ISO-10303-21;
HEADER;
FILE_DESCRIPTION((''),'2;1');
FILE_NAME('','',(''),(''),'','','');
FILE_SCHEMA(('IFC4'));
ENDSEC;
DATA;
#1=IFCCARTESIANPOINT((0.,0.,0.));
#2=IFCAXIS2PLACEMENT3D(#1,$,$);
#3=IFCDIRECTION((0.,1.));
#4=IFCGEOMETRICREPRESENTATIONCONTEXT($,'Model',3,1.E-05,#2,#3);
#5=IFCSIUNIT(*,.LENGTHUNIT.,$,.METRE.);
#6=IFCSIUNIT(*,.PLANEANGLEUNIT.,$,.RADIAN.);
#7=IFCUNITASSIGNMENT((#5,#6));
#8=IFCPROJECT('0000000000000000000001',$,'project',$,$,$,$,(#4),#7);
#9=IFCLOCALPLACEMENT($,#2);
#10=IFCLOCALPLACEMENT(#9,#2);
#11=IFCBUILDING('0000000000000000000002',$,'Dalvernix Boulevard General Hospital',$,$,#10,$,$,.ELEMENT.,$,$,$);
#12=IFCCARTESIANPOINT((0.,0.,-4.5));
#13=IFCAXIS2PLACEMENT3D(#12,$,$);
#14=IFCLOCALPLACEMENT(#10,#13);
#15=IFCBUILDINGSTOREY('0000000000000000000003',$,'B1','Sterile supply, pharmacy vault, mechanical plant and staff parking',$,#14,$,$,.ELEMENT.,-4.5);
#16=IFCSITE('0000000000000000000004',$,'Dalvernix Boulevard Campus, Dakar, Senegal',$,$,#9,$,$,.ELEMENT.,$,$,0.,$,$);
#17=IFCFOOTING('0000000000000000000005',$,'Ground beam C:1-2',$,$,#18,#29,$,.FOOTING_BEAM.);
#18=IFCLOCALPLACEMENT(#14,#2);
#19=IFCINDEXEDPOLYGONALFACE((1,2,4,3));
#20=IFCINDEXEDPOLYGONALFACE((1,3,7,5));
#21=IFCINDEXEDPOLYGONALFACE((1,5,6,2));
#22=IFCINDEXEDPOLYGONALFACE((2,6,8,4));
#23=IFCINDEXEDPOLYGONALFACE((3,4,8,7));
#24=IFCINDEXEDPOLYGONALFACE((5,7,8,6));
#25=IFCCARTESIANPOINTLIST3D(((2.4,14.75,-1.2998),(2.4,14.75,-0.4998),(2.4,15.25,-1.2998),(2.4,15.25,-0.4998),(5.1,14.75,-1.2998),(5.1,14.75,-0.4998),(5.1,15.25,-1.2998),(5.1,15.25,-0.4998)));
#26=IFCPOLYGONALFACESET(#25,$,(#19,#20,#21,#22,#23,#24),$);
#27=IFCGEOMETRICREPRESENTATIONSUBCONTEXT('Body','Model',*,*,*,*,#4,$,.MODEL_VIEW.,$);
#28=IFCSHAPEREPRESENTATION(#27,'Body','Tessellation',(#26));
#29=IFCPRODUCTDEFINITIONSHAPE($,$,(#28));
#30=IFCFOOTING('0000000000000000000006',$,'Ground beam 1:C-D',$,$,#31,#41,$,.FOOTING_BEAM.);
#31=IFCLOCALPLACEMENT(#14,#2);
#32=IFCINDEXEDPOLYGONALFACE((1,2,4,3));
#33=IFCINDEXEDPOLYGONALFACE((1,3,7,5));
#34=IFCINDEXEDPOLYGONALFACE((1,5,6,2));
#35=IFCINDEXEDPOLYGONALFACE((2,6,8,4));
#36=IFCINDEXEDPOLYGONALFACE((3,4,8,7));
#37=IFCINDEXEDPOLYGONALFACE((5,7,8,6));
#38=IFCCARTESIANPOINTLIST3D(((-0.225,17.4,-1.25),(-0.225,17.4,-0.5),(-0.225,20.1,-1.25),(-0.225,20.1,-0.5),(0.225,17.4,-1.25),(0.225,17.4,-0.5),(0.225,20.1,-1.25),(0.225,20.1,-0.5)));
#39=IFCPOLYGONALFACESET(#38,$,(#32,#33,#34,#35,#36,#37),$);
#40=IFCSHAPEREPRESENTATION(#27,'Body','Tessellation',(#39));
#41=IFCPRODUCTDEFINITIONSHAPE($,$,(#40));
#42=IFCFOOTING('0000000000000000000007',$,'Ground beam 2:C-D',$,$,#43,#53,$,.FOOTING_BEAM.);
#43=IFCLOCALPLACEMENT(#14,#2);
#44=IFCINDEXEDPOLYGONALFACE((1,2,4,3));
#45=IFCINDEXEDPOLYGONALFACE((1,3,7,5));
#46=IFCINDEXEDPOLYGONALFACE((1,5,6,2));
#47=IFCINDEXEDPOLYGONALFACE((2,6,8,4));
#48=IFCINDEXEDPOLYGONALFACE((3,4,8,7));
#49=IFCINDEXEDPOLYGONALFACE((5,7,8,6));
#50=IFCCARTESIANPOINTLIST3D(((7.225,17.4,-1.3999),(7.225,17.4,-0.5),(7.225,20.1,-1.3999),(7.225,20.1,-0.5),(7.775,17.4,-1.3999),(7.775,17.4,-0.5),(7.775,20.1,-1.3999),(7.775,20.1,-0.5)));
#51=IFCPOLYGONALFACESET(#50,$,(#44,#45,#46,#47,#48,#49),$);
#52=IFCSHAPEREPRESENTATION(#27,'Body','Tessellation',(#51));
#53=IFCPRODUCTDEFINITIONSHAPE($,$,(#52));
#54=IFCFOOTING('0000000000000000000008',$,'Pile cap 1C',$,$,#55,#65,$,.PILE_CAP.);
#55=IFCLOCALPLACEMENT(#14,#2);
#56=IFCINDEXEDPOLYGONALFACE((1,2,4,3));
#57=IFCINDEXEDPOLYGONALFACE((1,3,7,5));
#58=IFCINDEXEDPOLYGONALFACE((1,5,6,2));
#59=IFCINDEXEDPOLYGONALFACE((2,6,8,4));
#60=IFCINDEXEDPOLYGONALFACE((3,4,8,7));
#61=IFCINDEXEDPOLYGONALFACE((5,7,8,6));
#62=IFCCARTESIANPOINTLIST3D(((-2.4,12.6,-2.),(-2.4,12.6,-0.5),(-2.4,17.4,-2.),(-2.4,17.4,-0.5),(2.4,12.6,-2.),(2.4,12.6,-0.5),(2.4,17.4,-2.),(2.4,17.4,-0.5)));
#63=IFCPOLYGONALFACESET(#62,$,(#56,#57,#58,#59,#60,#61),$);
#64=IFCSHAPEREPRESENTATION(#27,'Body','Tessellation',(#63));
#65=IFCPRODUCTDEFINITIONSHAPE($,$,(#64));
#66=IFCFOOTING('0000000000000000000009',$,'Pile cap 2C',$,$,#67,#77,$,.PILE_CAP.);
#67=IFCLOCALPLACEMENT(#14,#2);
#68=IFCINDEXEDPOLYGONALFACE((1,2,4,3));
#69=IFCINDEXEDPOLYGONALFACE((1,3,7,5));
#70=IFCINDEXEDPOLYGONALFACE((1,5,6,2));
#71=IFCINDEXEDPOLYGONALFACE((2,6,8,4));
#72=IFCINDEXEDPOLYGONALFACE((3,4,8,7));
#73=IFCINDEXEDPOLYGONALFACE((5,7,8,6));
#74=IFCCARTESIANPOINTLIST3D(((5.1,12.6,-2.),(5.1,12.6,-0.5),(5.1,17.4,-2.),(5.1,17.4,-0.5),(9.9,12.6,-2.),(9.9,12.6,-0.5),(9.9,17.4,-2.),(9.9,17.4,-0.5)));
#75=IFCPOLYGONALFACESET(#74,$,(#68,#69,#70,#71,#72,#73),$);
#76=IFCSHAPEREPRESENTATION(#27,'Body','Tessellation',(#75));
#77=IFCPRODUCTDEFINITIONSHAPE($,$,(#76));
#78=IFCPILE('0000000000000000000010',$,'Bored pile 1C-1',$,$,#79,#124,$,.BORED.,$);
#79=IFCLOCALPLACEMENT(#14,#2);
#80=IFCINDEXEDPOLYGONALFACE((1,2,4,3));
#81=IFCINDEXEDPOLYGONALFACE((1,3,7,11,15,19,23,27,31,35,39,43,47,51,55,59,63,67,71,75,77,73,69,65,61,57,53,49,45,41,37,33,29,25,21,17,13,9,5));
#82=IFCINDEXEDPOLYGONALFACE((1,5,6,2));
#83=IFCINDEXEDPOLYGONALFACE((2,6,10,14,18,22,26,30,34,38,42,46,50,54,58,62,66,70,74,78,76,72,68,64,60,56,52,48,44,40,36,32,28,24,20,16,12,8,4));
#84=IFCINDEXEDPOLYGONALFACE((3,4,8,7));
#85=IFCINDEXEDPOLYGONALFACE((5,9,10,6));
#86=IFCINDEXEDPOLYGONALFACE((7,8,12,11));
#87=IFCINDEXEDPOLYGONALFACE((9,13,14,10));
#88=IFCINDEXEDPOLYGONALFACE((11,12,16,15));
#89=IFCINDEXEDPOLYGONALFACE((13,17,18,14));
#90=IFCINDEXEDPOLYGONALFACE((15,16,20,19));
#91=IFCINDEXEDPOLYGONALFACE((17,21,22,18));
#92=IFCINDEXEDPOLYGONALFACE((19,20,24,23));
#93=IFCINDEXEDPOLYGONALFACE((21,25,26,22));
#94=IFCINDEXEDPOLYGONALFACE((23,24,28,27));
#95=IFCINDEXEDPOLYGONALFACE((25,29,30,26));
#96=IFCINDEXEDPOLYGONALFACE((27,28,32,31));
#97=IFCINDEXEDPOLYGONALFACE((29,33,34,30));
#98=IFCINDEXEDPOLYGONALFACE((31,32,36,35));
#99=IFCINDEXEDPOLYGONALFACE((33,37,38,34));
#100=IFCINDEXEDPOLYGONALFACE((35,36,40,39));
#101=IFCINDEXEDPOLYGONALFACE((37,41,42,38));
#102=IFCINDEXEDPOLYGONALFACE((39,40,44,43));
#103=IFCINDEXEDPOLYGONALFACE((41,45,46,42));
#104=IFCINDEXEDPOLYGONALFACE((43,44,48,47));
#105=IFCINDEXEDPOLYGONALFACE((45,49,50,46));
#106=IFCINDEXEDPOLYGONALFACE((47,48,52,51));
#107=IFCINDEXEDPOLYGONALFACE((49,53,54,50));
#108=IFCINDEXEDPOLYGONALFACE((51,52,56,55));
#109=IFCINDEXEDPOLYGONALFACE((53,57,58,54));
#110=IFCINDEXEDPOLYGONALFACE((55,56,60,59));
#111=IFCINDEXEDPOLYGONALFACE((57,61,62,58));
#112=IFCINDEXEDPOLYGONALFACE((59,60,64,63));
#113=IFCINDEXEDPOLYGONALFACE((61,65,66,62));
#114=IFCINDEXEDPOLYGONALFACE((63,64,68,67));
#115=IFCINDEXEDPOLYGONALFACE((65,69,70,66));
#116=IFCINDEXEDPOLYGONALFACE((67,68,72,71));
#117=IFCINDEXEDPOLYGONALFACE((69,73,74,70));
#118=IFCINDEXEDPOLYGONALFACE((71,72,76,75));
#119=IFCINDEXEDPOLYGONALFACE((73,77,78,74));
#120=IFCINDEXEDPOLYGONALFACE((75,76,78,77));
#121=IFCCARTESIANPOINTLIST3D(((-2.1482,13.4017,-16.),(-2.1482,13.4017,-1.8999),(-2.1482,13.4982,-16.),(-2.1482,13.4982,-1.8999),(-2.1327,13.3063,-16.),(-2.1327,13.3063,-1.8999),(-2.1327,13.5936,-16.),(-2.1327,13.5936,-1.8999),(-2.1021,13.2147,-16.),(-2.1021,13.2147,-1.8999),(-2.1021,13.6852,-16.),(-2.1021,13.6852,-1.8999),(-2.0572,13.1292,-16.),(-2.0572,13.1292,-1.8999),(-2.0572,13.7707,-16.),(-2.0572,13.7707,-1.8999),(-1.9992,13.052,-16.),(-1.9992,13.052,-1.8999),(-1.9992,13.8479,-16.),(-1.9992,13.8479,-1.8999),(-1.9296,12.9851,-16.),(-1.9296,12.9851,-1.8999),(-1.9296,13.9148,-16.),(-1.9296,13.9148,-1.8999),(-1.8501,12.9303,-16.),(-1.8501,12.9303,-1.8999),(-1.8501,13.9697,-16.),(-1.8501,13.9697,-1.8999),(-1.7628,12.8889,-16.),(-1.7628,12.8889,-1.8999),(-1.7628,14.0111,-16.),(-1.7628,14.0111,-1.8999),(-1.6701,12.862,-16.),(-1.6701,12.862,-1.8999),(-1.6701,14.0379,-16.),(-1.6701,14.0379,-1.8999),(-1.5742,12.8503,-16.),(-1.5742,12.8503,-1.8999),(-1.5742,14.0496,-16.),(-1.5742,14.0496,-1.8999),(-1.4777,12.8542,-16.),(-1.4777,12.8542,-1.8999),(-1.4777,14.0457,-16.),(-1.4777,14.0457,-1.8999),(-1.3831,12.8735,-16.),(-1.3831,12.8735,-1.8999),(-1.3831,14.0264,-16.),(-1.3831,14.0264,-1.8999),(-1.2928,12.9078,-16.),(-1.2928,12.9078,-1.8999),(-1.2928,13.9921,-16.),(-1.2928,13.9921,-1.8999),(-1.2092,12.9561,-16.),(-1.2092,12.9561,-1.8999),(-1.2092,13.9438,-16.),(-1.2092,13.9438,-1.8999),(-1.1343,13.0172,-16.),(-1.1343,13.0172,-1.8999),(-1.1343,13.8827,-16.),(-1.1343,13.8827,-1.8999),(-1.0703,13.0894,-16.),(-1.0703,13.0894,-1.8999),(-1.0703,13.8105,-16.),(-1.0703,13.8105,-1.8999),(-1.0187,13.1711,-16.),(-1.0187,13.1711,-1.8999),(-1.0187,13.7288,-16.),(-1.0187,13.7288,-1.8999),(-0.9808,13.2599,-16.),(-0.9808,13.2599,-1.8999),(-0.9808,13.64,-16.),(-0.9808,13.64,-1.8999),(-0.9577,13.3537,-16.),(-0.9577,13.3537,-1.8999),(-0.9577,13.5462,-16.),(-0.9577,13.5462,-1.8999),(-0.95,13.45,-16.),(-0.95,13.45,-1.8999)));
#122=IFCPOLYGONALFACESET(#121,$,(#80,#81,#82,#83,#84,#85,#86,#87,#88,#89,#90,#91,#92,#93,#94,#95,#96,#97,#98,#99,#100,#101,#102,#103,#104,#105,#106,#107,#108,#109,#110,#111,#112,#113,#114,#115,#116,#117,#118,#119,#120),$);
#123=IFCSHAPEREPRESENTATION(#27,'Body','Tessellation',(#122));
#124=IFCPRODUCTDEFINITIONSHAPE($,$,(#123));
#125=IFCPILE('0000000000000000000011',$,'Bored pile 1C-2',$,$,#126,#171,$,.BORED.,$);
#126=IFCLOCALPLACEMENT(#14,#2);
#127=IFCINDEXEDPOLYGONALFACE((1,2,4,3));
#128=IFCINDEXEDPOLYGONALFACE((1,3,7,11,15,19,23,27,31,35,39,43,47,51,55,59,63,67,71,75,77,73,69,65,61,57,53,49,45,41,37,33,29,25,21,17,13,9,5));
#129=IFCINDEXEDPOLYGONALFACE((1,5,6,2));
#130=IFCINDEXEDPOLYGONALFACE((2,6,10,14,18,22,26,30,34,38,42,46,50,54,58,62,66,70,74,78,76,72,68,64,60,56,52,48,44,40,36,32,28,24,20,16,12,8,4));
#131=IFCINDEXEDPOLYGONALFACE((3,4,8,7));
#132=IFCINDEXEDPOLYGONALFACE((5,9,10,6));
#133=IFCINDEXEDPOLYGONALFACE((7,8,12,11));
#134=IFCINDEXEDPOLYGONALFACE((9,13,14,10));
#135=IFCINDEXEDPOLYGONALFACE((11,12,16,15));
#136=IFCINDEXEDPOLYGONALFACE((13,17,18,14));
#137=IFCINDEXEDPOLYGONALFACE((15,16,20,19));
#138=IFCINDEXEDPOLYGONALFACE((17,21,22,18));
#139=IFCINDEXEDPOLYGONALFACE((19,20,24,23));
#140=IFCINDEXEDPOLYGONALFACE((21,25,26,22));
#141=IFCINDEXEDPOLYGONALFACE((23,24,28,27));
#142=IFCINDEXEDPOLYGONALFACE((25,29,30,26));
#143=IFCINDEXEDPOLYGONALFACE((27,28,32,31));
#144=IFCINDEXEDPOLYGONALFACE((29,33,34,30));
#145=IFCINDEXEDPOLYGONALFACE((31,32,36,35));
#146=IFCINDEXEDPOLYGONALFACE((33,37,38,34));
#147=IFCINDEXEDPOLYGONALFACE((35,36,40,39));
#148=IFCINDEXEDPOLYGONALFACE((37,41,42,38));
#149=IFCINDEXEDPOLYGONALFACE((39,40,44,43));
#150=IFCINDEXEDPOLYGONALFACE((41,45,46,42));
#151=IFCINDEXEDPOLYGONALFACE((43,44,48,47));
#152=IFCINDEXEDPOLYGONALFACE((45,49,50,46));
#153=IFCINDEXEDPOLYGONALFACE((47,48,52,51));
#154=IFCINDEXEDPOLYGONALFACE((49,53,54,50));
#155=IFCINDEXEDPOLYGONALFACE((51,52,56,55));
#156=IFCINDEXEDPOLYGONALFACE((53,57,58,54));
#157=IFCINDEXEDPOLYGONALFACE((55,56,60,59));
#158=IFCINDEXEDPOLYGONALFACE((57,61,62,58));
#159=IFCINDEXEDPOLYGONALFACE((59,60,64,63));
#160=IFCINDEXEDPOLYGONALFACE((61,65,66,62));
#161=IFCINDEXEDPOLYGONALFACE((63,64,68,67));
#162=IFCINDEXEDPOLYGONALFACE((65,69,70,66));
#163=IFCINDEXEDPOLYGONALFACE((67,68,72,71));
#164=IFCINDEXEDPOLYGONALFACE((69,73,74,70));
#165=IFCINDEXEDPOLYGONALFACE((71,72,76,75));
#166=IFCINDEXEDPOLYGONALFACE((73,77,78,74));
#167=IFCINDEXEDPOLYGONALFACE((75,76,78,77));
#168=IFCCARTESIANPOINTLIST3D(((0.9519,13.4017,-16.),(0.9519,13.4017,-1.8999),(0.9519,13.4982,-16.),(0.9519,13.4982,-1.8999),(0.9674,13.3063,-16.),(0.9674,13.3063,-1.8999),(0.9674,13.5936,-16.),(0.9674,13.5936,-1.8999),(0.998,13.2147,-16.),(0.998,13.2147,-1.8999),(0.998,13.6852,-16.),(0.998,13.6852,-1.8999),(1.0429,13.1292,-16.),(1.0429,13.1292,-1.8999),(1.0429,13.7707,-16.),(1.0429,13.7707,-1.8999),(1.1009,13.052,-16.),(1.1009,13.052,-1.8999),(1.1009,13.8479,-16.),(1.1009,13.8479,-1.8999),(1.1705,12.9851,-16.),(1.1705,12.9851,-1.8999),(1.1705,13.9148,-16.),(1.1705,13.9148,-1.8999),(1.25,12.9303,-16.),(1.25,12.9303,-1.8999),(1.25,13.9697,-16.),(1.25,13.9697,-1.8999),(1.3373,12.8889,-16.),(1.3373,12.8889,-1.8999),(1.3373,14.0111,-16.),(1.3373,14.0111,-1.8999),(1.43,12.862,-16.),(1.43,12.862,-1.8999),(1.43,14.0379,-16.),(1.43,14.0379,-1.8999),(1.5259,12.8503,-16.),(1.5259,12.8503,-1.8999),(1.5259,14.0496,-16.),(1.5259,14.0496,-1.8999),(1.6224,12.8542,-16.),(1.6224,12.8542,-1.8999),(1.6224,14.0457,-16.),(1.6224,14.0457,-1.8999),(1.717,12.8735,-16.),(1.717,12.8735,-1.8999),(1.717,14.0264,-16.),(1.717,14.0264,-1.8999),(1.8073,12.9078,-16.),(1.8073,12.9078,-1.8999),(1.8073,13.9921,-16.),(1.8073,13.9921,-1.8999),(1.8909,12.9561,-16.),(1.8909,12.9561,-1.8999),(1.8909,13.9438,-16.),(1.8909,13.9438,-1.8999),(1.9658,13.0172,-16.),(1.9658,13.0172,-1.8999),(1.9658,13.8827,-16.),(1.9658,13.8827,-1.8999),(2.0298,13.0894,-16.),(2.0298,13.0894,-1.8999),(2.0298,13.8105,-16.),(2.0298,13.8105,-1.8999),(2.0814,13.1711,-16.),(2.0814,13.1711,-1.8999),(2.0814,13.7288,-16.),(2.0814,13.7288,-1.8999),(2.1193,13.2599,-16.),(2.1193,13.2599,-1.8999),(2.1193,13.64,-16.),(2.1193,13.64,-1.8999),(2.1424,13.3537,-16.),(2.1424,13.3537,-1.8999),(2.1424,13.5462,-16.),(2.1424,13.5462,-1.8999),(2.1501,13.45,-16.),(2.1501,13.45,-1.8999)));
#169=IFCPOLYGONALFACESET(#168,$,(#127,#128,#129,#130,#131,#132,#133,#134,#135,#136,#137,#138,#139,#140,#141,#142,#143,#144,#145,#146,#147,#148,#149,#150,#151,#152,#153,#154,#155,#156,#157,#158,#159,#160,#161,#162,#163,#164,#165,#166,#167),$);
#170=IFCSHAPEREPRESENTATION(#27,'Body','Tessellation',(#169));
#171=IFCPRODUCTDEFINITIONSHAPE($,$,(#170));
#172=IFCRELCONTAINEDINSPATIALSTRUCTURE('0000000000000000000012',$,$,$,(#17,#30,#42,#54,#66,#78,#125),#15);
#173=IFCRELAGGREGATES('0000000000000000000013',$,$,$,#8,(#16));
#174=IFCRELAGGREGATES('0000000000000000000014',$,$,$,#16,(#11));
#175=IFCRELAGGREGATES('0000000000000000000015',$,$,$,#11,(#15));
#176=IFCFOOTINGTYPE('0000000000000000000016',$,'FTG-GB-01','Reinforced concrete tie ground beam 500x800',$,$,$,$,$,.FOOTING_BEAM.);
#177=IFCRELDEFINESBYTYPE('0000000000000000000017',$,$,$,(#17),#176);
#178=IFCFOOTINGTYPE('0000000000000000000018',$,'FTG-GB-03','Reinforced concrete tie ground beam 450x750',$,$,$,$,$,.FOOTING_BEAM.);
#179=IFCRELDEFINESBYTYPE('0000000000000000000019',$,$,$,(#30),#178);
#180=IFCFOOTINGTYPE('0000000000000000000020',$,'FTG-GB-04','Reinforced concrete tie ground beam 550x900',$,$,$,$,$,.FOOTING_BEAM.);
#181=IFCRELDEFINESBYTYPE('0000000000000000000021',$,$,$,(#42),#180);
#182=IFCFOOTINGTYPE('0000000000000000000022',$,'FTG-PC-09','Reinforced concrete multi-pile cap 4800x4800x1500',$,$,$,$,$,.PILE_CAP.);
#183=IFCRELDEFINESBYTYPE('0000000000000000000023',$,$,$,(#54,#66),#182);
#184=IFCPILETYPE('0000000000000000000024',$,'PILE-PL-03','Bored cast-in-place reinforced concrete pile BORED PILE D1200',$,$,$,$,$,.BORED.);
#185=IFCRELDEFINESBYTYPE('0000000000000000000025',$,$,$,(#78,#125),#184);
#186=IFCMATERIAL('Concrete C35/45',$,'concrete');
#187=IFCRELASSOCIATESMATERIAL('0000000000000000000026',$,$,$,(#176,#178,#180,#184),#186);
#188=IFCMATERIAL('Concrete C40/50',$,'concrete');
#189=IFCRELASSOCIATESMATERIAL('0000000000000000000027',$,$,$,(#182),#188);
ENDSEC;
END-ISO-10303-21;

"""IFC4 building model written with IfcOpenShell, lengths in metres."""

from ifc_helpers import new_model, si_unit, direction, frame, origin, origin_2d, place, context, subcontext, project, spatial, rectangle, circle, extrude, material, material_profile, profile_set, type_object, element, save


model = new_model("IFC4")

# Units and contexts
model_context = context("Model", 3, precision=1e-05, world=origin(), true_north=direction((0.0, 1.0)))
body_context = subcontext(model_context, "Body", "Model", "MODEL_VIEW")
ifc_project = project(units=[si_unit("LENGTHUNIT", "METRE"), si_unit("PLANEANGLEUNIT", "RADIAN")], contexts=[model_context])

# Site, building, storey
site_placement = place(None, origin())
site = spatial("IfcSite", under=ifc_project, at=site_placement, Name="Dalvernix Boulevard Campus, Dakar, Senegal", CompositionType="ELEMENT", RefElevation=0.0)
building_placement = place(site_placement, origin())
building = spatial("IfcBuilding", under=site, at=building_placement, Name="Dalvernix Boulevard General Hospital", CompositionType="ELEMENT")
storey_placement = place(building_placement, frame((0.0, 0.0, -4.5)))
storey = spatial("IfcBuildingStorey", under=building, at=storey_placement, Name="B1", Description="Sterile supply, pharmacy vault, mechanical plant and staff parking", CompositionType="ELEMENT", Elevation=-4.5)

# Footings
ifc_material_1 = material(Name="Concrete C35/45", Category="concrete")
footing_type_1 = type_object("IfcFootingType", Name="FTG-GB-01", Description="Reinforced concrete tie ground beam 500x800", PredefinedType="FOOTING_BEAM", material=ifc_material_1)
footing_1_placement = place(storey_placement, frame((3.75, 15.0, -1.2998), z_axis=(0.0, 0.0, 1.0), x_axis=(1.0, 0.0, 0.0)))
element("IfcFooting", 1, at=footing_1_placement, inside=storey, type_object=footing_type_1, Name="Ground beam C:1-2", PredefinedType="FOOTING_BEAM", context=body_context, shape_type="SweptSolid", body=[
    extrude(rectangle(XDim=2.7, YDim=0.5, at=origin_2d()), origin(), (0.0, 0.0, 1.0), 0.8),
])
footing_type_2 = type_object("IfcFootingType", Name="FTG-GB-03", Description="Reinforced concrete tie ground beam 450x750", PredefinedType="FOOTING_BEAM", material=ifc_material_1)
footing_2_placement = place(storey_placement, frame((0.0, 18.75, -1.25), z_axis=(0.0, 0.0, 1.0), x_axis=(0.0, 1.0, 0.0)))
element("IfcFooting", 2, at=footing_2_placement, inside=storey, type_object=footing_type_2, Name="Ground beam 1:C-D", PredefinedType="FOOTING_BEAM", context=body_context, shape_type="SweptSolid", body=[
    extrude(rectangle(XDim=2.7, YDim=0.45, at=origin_2d()), origin(), (0.0, 0.0, 1.0), 0.75),
])
footing_type_3 = type_object("IfcFootingType", Name="FTG-GB-04", Description="Reinforced concrete tie ground beam 550x900", PredefinedType="FOOTING_BEAM", material=ifc_material_1)
footing_3_placement = place(storey_placement, frame((7.5, 18.75, -1.3999), z_axis=(0.0, 0.0, 1.0), x_axis=(0.0, 1.0, 0.0)))
element("IfcFooting", 3, at=footing_3_placement, inside=storey, type_object=footing_type_3, Name="Ground beam 2:C-D", PredefinedType="FOOTING_BEAM", context=body_context, shape_type="SweptSolid", body=[
    extrude(rectangle(XDim=2.7, YDim=0.55, at=origin_2d()), origin(), (0.0, 0.0, 1.0), 0.8999),
])
ifc_material_2 = material(Name="Concrete C40/50", Category="concrete")
footing_type_4 = type_object("IfcFootingType", Name="FTG-PC-09", Description="Reinforced concrete multi-pile cap 4800x4800x1500", PredefinedType="PILE_CAP", material=ifc_material_2)
for number, where, z_axis, x_axis, name in (
    (4, (0.0, 15.0, -2.0), (0.0, 0.0, 1.0), (1.0, 0.0, 0.0), "Pile cap 1C"),
    (5, (7.5, 15.0, -2.0), (0.0, 0.0, 1.0), (1.0, 0.0, 0.0), "Pile cap 2C"),
):
    element("IfcFooting", number, at=place(storey_placement, frame(where, z_axis=z_axis, x_axis=x_axis)), inside=storey, type_object=footing_type_4, Name=name, PredefinedType="PILE_CAP", context=body_context, shape_type="SweptSolid", body=[
        extrude(rectangle(XDim=4.8, YDim=4.8, at=origin_2d()), origin(), (0.0, 0.0, 1.0), 1.5),
    ])

# Piles
ifc_material_profile_1 = material_profile(ifc_material_1, circle(Radius=0.6001, at=origin_2d()), Name="BORED PILE D1200")
ifc_profile_set_1 = profile_set([ifc_material_profile_1], Name="Concrete C35/45")
pile_type = type_object("IfcPileType", Name="PILE-PL-03", Description="Bored cast-in-place reinforced concrete pile BORED PILE D1200", PredefinedType="BORED", material=ifc_profile_set_1)
for number, where, z_axis, x_axis, name in (
    (6, (-1.55, 13.45, -1.8999), (0.0, 0.0, -1.0), (1.0, 0.0, 0.0), "Bored pile 1C-1"),
    (7, (1.55, 13.45, -1.8999), (0.0, 0.0, -1.0), (1.0, 0.0, 0.0), "Bored pile 1C-2"),
):
    element("IfcPile", number, at=place(storey_placement, frame(where, z_axis=z_axis, x_axis=x_axis)), inside=storey, type_object=pile_type, Name=name, PredefinedType="BORED", context=body_context, shape_type="SweptSolid", body=[
        extrude(circle(Radius=0.6001, at=origin_2d()), origin(), (0.0, 0.0, 1.0), 14.1001),
    ])

save(model, "model.ifc")
